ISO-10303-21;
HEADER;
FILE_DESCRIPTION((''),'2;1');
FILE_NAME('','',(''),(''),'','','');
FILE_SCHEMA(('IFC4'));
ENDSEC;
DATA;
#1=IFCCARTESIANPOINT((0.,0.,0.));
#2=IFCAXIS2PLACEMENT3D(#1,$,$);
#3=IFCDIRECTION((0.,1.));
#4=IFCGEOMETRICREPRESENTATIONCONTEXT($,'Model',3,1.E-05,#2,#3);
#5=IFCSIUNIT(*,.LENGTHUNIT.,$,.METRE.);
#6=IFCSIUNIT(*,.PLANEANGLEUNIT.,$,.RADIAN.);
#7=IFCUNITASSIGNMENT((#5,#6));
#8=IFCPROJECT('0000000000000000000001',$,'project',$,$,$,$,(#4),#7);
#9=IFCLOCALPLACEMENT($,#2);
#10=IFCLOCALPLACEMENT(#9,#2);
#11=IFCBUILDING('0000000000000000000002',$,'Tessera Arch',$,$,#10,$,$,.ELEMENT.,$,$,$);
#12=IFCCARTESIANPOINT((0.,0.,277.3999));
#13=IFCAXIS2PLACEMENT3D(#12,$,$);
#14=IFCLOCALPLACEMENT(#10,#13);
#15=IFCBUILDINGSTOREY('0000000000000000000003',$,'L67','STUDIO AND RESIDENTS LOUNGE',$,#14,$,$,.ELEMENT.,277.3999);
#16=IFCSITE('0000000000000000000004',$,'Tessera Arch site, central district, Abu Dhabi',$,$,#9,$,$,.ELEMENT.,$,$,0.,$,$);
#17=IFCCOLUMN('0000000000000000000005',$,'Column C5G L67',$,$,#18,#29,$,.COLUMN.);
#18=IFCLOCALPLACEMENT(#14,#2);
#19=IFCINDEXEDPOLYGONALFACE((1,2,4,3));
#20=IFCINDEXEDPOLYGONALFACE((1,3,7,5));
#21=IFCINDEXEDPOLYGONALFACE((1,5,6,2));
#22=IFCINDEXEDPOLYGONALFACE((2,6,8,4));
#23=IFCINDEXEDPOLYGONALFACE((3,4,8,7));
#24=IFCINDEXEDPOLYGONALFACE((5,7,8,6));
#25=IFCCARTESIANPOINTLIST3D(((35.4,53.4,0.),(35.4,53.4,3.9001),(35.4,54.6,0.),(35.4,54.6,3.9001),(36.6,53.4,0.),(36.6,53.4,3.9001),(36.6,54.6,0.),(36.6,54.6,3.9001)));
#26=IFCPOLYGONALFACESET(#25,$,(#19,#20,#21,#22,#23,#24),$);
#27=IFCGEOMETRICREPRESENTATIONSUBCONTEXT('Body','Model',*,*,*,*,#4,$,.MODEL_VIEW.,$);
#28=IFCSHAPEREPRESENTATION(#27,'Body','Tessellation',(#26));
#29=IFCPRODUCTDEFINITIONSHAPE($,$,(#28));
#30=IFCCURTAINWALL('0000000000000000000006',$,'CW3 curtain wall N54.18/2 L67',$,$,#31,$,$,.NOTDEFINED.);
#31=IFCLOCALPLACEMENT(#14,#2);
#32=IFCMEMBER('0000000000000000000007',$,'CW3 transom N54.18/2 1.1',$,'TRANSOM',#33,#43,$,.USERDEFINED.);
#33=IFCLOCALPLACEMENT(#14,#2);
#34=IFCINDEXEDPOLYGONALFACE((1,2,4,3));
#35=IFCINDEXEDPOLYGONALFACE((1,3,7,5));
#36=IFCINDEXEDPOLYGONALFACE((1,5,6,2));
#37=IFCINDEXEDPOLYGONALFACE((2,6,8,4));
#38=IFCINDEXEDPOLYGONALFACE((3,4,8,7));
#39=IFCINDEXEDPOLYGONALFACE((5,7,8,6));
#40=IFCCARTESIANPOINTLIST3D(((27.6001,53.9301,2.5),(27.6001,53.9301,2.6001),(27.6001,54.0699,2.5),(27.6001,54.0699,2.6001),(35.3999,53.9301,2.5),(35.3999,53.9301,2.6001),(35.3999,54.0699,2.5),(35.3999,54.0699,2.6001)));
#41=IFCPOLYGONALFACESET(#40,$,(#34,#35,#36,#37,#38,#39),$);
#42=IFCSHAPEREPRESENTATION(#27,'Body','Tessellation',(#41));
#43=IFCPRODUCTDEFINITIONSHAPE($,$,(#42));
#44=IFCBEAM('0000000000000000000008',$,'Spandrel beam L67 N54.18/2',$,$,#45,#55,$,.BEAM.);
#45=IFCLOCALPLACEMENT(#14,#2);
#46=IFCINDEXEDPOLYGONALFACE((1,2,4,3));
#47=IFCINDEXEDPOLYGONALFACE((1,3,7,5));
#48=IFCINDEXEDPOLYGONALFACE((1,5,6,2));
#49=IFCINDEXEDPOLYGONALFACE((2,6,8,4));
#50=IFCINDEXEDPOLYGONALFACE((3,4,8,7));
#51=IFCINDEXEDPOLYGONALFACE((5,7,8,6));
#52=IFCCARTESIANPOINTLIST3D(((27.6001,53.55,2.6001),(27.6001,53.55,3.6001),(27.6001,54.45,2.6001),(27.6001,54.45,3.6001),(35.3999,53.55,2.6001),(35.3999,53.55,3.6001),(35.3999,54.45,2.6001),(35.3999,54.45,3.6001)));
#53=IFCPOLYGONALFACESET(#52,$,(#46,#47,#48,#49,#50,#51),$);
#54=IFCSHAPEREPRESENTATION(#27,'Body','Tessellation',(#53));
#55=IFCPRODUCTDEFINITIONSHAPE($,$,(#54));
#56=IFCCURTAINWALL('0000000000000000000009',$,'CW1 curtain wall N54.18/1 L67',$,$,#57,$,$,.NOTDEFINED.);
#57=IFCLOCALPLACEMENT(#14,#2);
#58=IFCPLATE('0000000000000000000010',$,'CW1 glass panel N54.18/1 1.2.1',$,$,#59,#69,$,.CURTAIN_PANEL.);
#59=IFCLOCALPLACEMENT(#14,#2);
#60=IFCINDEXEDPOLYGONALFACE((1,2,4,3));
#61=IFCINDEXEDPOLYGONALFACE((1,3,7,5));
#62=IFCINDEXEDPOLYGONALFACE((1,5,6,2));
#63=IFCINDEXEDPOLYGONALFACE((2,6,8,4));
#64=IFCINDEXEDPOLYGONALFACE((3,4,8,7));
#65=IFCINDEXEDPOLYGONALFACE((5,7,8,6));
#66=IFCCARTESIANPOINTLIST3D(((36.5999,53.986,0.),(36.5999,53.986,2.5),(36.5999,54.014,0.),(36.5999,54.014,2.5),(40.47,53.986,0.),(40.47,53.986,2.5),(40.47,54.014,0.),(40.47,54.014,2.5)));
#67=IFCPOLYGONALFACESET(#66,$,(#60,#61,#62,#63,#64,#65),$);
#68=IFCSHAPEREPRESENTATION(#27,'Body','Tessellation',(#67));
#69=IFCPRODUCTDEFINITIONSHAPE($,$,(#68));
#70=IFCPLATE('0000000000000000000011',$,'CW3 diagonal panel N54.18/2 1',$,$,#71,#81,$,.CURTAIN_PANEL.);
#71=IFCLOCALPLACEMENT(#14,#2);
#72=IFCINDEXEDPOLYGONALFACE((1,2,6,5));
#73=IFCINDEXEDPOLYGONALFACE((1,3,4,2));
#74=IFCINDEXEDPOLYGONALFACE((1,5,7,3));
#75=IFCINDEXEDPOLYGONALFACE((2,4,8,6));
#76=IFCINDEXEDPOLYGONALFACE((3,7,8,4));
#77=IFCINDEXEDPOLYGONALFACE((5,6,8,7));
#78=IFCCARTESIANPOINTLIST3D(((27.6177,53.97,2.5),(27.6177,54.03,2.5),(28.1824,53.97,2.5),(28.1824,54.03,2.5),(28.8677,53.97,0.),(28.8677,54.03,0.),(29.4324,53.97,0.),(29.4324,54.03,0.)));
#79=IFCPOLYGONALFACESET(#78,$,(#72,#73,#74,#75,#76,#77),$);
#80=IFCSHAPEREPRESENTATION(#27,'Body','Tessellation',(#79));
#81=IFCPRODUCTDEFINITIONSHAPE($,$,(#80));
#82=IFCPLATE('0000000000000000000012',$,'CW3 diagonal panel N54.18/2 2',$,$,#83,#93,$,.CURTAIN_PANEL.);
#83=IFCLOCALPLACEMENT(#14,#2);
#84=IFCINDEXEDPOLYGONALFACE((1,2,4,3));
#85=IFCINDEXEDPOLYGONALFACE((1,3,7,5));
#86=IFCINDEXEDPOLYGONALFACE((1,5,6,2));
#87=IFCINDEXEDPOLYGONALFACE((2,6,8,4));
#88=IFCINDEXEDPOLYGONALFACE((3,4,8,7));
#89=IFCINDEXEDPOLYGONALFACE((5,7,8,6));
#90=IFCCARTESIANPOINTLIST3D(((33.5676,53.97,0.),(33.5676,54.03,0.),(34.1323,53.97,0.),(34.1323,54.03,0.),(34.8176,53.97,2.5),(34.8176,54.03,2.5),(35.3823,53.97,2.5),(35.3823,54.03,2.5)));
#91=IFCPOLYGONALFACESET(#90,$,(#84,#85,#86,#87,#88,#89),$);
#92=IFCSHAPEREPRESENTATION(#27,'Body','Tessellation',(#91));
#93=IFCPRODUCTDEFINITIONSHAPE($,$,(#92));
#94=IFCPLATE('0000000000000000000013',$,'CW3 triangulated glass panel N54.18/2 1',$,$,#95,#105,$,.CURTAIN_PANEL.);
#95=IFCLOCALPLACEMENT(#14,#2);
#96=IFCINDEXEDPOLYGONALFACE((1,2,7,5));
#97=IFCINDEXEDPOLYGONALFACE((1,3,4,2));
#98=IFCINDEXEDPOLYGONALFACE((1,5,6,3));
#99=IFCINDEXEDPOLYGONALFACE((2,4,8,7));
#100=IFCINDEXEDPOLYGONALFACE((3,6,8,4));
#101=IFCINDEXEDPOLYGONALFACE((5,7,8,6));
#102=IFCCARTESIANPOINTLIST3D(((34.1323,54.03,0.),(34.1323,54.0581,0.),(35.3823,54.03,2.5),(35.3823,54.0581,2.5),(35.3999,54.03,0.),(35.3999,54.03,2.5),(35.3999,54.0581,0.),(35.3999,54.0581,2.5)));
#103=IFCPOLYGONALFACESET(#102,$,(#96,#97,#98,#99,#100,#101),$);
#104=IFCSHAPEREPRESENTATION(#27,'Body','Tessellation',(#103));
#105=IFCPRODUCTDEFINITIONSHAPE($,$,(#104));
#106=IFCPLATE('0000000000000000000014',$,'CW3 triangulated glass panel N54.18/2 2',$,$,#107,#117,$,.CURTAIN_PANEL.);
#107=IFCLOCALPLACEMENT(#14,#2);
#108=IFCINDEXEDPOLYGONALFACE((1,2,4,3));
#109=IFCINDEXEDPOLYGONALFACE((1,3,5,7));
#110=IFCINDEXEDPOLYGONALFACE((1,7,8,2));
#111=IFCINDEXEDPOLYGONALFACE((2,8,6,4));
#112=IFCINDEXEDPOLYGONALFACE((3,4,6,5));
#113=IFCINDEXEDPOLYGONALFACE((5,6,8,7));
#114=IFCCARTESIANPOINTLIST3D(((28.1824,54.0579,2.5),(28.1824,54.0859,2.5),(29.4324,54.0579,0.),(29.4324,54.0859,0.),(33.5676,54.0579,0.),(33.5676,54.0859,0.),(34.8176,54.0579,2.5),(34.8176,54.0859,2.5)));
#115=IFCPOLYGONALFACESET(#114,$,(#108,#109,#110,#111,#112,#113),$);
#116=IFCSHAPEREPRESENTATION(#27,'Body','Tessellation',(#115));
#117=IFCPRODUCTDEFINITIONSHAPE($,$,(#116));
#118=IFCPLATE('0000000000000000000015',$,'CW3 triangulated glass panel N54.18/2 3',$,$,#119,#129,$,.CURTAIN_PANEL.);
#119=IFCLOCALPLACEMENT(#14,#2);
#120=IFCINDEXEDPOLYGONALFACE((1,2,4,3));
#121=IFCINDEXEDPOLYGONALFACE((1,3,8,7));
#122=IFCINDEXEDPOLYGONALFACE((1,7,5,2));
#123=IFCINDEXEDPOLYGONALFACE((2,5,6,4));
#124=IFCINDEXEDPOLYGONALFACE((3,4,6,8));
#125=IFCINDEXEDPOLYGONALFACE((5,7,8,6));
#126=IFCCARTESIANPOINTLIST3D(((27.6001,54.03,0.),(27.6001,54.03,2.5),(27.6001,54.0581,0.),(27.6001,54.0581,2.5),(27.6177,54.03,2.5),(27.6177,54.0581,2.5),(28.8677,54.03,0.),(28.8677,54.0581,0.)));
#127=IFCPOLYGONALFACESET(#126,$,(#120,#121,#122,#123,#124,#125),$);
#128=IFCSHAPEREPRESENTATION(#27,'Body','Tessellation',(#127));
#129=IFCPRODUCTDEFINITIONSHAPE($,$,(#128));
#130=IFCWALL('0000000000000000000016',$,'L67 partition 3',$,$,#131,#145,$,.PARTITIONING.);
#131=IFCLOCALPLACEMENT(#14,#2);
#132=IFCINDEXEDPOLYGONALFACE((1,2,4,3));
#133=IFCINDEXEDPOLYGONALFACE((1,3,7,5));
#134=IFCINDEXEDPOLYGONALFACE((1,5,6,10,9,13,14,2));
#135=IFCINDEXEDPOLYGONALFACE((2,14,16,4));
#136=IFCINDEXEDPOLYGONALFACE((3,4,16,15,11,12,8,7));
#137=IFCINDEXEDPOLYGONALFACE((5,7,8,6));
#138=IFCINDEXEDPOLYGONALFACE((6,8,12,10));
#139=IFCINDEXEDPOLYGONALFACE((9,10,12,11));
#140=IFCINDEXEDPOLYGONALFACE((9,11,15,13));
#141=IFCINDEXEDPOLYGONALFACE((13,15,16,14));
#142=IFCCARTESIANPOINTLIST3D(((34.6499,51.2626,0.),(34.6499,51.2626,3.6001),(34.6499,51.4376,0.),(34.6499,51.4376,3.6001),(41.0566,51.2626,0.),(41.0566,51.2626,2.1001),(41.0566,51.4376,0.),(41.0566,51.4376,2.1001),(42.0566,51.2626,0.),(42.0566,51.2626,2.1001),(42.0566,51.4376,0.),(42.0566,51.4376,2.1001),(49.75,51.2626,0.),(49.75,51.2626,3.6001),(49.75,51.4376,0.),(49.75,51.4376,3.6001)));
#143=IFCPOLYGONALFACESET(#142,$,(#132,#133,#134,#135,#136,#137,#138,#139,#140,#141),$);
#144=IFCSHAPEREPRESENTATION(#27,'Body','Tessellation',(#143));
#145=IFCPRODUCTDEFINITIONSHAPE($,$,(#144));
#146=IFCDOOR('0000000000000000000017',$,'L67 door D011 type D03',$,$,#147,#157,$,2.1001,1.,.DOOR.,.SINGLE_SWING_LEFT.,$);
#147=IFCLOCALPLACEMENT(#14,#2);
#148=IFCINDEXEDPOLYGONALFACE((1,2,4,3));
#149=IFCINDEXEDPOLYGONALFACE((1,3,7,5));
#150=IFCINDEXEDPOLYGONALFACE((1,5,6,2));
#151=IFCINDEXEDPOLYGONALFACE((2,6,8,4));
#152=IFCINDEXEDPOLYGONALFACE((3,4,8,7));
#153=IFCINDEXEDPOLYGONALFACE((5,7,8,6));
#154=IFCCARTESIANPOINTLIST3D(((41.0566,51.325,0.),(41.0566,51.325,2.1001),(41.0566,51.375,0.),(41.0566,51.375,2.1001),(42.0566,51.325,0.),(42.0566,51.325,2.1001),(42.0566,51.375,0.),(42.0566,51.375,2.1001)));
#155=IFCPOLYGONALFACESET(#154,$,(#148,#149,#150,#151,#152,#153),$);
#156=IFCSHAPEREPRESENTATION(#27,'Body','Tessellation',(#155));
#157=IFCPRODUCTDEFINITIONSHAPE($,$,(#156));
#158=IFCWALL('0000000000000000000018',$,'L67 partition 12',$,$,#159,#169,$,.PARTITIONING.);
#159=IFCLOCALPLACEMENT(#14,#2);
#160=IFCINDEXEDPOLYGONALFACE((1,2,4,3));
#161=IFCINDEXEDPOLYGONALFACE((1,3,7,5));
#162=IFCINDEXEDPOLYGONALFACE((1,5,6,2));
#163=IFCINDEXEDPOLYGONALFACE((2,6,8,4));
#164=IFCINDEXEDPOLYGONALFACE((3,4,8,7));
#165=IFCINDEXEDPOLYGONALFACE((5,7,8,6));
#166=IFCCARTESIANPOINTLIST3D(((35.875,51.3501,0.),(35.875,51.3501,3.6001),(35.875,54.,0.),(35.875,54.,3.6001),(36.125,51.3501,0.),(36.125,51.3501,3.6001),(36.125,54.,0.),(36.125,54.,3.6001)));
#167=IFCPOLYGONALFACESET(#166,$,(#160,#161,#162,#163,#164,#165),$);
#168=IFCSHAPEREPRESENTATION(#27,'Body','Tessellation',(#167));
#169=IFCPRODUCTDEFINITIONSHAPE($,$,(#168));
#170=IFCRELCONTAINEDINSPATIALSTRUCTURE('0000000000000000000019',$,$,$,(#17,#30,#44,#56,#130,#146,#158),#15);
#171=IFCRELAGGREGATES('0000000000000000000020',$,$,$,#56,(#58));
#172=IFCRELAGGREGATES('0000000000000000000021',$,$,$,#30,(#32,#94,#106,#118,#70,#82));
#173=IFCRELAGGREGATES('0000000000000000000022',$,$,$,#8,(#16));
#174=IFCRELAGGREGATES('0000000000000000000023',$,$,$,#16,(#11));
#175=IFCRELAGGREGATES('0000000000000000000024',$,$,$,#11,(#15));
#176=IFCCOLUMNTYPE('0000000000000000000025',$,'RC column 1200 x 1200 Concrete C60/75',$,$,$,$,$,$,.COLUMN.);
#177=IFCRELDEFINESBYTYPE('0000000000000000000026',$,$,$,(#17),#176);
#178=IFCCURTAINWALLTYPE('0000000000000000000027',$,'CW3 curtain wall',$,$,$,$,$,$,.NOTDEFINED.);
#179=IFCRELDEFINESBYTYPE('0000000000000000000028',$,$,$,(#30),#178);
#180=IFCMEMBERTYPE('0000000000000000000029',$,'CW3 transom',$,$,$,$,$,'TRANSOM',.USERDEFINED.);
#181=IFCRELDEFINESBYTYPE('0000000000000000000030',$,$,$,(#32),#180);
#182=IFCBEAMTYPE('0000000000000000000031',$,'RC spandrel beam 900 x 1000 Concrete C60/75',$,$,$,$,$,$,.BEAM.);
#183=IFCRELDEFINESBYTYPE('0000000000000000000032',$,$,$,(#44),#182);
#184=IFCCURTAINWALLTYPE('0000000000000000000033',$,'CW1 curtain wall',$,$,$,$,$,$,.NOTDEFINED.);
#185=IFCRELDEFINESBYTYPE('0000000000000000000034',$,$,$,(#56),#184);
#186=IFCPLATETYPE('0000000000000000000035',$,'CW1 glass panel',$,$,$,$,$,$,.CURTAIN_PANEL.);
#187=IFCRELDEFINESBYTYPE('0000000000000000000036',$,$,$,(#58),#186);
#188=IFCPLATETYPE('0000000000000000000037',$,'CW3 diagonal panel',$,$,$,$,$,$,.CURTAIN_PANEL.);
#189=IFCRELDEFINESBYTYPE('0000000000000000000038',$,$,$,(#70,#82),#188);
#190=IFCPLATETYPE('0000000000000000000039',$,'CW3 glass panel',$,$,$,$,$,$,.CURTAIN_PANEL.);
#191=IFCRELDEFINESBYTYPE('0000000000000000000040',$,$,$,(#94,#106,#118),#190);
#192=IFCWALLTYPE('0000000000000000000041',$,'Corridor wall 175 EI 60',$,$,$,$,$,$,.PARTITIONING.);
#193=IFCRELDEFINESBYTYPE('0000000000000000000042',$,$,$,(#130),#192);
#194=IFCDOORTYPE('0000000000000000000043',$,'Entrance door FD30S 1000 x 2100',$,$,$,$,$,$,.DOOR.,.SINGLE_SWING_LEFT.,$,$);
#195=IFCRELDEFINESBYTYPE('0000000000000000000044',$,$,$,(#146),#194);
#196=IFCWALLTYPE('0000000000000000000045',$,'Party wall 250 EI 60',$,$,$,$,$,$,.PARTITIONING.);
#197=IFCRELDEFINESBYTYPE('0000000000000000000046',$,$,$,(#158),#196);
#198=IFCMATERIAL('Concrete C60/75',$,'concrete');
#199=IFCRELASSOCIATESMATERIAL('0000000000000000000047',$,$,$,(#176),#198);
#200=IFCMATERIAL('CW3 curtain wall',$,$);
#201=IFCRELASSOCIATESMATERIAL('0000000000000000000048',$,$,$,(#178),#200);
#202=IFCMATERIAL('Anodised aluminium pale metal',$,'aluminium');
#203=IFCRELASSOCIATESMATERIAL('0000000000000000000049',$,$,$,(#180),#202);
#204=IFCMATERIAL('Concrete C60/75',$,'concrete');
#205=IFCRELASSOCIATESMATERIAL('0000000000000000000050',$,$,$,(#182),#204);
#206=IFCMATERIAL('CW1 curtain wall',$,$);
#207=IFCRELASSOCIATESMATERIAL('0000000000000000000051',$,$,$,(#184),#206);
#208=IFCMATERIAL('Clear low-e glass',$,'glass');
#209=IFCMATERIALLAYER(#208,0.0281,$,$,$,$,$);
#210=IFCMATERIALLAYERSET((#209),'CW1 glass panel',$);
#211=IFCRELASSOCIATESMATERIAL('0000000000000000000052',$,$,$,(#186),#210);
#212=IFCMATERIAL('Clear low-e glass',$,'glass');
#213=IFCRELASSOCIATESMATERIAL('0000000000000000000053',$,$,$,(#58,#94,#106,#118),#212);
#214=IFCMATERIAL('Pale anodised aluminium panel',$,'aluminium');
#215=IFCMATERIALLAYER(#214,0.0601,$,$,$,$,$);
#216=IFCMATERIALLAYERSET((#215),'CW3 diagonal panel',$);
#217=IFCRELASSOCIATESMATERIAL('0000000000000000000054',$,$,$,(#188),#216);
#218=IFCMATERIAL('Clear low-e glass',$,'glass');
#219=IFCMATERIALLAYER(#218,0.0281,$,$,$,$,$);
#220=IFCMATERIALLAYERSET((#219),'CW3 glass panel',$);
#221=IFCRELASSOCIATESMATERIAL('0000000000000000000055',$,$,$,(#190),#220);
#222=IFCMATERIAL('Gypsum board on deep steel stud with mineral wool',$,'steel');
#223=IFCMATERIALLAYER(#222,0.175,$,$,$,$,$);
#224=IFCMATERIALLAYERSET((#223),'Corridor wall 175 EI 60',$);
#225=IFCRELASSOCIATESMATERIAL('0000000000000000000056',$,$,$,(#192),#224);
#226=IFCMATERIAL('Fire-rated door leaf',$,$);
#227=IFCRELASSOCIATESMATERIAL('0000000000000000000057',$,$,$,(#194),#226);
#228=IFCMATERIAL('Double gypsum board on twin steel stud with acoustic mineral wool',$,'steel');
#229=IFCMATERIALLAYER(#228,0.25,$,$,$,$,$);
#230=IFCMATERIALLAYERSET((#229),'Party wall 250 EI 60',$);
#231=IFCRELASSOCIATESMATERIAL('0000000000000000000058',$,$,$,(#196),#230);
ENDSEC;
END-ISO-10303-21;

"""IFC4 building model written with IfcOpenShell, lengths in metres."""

from ifc_helpers import new_model, si_unit, direction, frame, frame_2d, origin, origin_2d, place, context, subcontext, project, spatial, polyline, rectangle, outline, extrude, material, layer, layer_set, material_profile, profile_set, type_object, element, fill, aggregate, save


model = new_model("IFC4")

# Units and contexts
model_context = context("Model", 3, precision=1e-05, world=origin(), true_north=direction((0.0, 1.0)))
body_context = subcontext(model_context, "Body", "Model", "MODEL_VIEW")
ifc_project = project(units=[si_unit("LENGTHUNIT", "METRE"), si_unit("PLANEANGLEUNIT", "RADIAN")], contexts=[model_context])

# Site, building, storey
site_placement = place(None, origin())
site = spatial("IfcSite", under=ifc_project, at=site_placement, Name="Tessera Arch site, central district, Abu Dhabi", CompositionType="ELEMENT", RefElevation=0.0)
building_placement = place(site_placement, origin())
building = spatial("IfcBuilding", under=site, at=building_placement, Name="Tessera Arch", CompositionType="ELEMENT")
storey_placement = place(building_placement, frame((0.0, 0.0, 277.3999)))
storey = spatial("IfcBuildingStorey", under=building, at=storey_placement, Name="L67", Description="STUDIO AND RESIDENTS LOUNGE", CompositionType="ELEMENT", Elevation=277.3999)

# Column
ifc_material_1 = material(Name="Concrete C60/75", Category="concrete")
ifc_material_profile_1 = material_profile(ifc_material_1, rectangle(XDim=1.2, YDim=1.2, at=origin_2d()), Name="RC column 1200 x 1200 Concrete C60/75")
ifc_profile_set_1 = profile_set([ifc_material_profile_1], Name="Concrete C60/75")
column_type = type_object("IfcColumnType", Name="RC column 1200 x 1200 Concrete C60/75", PredefinedType="COLUMN", material=ifc_profile_set_1)
column_placement = place(storey_placement, frame((36.0, 54.0, 0.0), z_axis=(0.0, 0.0, 1.0), x_axis=(1.0, 0.0, 0.0)))
element("IfcColumn", 1, at=column_placement, inside=storey, type_object=column_type, Name="Column C5G L67", PredefinedType="COLUMN", context=body_context, shape_type="SweptSolid", body=[
    extrude(rectangle(XDim=1.2, YDim=1.2, at=origin_2d()), origin(), (0.0, 0.0, 1.0), 3.9001),
])

# Curtain wall, member
ifc_material_2 = material(Name="CW3 curtain wall")
curtain_wall_type_1 = type_object("IfcCurtainWallType", Name="CW3 curtain wall", PredefinedType="NOTDEFINED", material=ifc_material_2)
curtain_wall_1_placement = place(storey_placement, origin())
curtain_wall_1 = element("IfcCurtainWall", 2, at=curtain_wall_1_placement, inside=storey, type_object=curtain_wall_type_1, Name="CW3 curtain wall N54.18/2 L67", PredefinedType="NOTDEFINED")
ifc_material_3 = material(Name="Anodised aluminium pale metal", Category="aluminium")
ifc_material_profile_2 = material_profile(ifc_material_3, rectangle(XDim=0.1399, YDim=0.1001, at=origin_2d()), Name="AL 140x100")
ifc_profile_set_2 = profile_set([ifc_material_profile_2], Name="Anodised aluminium pale metal")
member_type = type_object("IfcMemberType", Name="CW3 transom", ElementType="TRANSOM", PredefinedType="USERDEFINED", material=ifc_profile_set_2)
member_placement = place(storey_placement, frame((35.3999, 54.0, 2.55), z_axis=(-1.0, 0.0, 0.0), x_axis=(0.0, -1.0, 0.0)))
member = element("IfcMember", 3, at=member_placement, type_object=member_type, Name="CW3 transom N54.18/2 1.1", ObjectType="TRANSOM", PredefinedType="USERDEFINED", context=body_context, shape_type="SweptSolid", body=[
    extrude(rectangle(XDim=0.1399, YDim=0.1001, at=origin_2d()), origin(), (0.0, 0.0, 1.0), 7.7998),
])

# Beam
ifc_material_4 = material(Name="Concrete C60/75", Category="concrete")
ifc_material_profile_3 = material_profile(ifc_material_4, rectangle(XDim=0.8999, YDim=1.0, at=origin_2d()), Name="RC spandrel beam 900 x 1000 Concrete C60/75")
ifc_profile_set_3 = profile_set([ifc_material_profile_3], Name="Concrete C60/75")
beam_type = type_object("IfcBeamType", Name="RC spandrel beam 900 x 1000 Concrete C60/75", PredefinedType="BEAM", material=ifc_profile_set_3)
beam_placement = place(storey_placement, frame((35.3999, 54.0, 3.1001), z_axis=(-1.0, 0.0, 0.0), x_axis=(0.0, -1.0, 0.0)))
element("IfcBeam", 4, at=beam_placement, inside=storey, type_object=beam_type, Name="Spandrel beam L67 N54.18/2", PredefinedType="BEAM", context=body_context, shape_type="SweptSolid", body=[
    extrude(rectangle(XDim=0.8999, YDim=1.0, at=origin_2d()), origin(), (0.0, 0.0, 1.0), 7.7998),
])

# Curtain wall, plate
ifc_material_5 = material(Name="CW1 curtain wall")
curtain_wall_type_2 = type_object("IfcCurtainWallType", Name="CW1 curtain wall", PredefinedType="NOTDEFINED", material=ifc_material_5)
curtain_wall_2_placement = place(storey_placement, origin())
curtain_wall_2 = element("IfcCurtainWall", 5, at=curtain_wall_2_placement, inside=storey, type_object=curtain_wall_type_2, Name="CW1 curtain wall N54.18/1 L67", PredefinedType="NOTDEFINED")
ifc_material_6 = material(Name="Clear low-e glass", Category="glass")
ifc_material_7 = material(Name="Clear low-e glass", Category="glass")
ifc_layer_1 = layer(ifc_material_7, 0.0281)
ifc_layer_set_1 = layer_set([ifc_layer_1], Name="CW1 glass panel")
plate_type_1 = type_object("IfcPlateType", Name="CW1 glass panel", PredefinedType="CURTAIN_PANEL", material=ifc_layer_set_1)
plate_1_placement = place(storey_placement, frame((38.5349, 54.0, 0.0), z_axis=(0.0, 0.0, 1.0), x_axis=(-1.0, 0.0, 0.0)))
plate_1 = element("IfcPlate", 6, at=plate_1_placement, type_object=plate_type_1, material=ifc_material_6, Name="CW1 glass panel N54.18/1 1.2.1", PredefinedType="CURTAIN_PANEL", context=body_context, shape_type="SweptSolid", body=[
    extrude(rectangle(XDim=3.8701, YDim=0.0281, at=origin_2d()), origin(), (0.0, 0.0, 1.0), 2.5),
])
aggregate(curtain_wall_2, [plate_1])

# Plates
ifc_material_8 = material(Name="Pale anodised aluminium panel", Category="aluminium")
ifc_layer_2 = layer(ifc_material_8, 0.0601)
ifc_layer_set_2 = layer_set([ifc_layer_2], Name="CW3 diagonal panel")
plate_type_2 = type_object("IfcPlateType", Name="CW3 diagonal panel", PredefinedType="CURTAIN_PANEL", material=ifc_layer_set_2)
plate_2_placement = place(storey_placement, frame((27.6177, 54.03, 2.5), z_axis=(0.0, 1.0, 0.0), x_axis=(1.0, 0.0, 0.0)))
plate_2 = element("IfcPlate", 7, at=plate_2_placement, type_object=plate_type_2, Name="CW3 diagonal panel N54.18/2 1", PredefinedType="CURTAIN_PANEL", context=body_context, shape_type="SweptSolid", body=[
    extrude(outline(polyline([(0.0, 0.0), (0.5647, 0.0), (1.8147, 2.5), (1.25, 2.5), (0.0, 0.0)])), origin(), (0.0, 0.0, -1.0), 0.0601),
])
plate_3_placement = place(storey_placement, frame((34.8176, 54.03, 2.5), z_axis=(0.0, 1.0, 0.0), x_axis=(1.0, 0.0, 0.0)))
plate_3 = element("IfcPlate", 8, at=plate_3_placement, type_object=plate_type_2, Name="CW3 diagonal panel N54.18/2 2", PredefinedType="CURTAIN_PANEL", context=body_context, shape_type="SweptSolid", body=[
    extrude(outline(polyline([(0.0, 0.0), (0.5647, 0.0), (-0.6853, 2.5), (-1.25, 2.5), (0.0, 0.0)])), origin(), (0.0, 0.0, -1.0), 0.0601),
])
ifc_material_9 = material(Name="Clear low-e glass", Category="glass")
ifc_layer_3 = layer(ifc_material_9, 0.0281)
ifc_layer_set_3 = layer_set([ifc_layer_3], Name="CW3 glass panel")
plate_type_3 = type_object("IfcPlateType", Name="CW3 glass panel", PredefinedType="CURTAIN_PANEL", material=ifc_layer_set_3)
plate_4_placement = place(storey_placement, frame((35.3999, 54.0581, 0.0), z_axis=(0.0, 1.0, 0.0), x_axis=(-1.0, 0.0, 0.0)))
plate_4 = element("IfcPlate", 9, at=plate_4_placement, type_object=plate_type_3, material=ifc_material_6, Name="CW3 triangulated glass panel N54.18/2 1", PredefinedType="CURTAIN_PANEL", context=body_context, shape_type="SweptSolid", body=[
    extrude(outline(polyline([(0.0, 0.0), (1.2676, 0.0), (0.0176, 2.5), (0.0, 2.5), (0.0, 0.0)])), origin(), (0.0, 0.0, -1.0), 0.0281),
])
plate_5_placement = place(storey_placement, frame((28.1824, 54.0859, 2.5), z_axis=(0.0, 1.0, 0.0), x_axis=(1.0, 0.0, 0.0)))
plate_5 = element("IfcPlate", 10, at=plate_5_placement, type_object=plate_type_3, material=ifc_material_6, Name="CW3 triangulated glass panel N54.18/2 2", PredefinedType="CURTAIN_PANEL", context=body_context, shape_type="SweptSolid", body=[
    extrude(outline(polyline([(0.0, 0.0), (6.6353, 0.0), (5.3853, 2.5), (1.25, 2.5), (0.0, 0.0)])), origin(), (0.0, 0.0, -1.0), 0.0281),
])
plate_6_placement = place(storey_placement, frame((27.6001, 54.0581, 2.5), z_axis=(0.0, 1.0, 0.0), x_axis=(1.0, 0.0, 0.0)))
plate_6 = element("IfcPlate", 11, at=plate_6_placement, type_object=plate_type_3, material=ifc_material_6, Name="CW3 triangulated glass panel N54.18/2 3", PredefinedType="CURTAIN_PANEL", context=body_context, shape_type="SweptSolid", body=[
    extrude(outline(polyline([(0.0, 0.0), (0.0176, 0.0), (1.2676, 2.5), (0.0, 2.5), (0.0, 0.0)])), origin(), (0.0, 0.0, -1.0), 0.0281),
])
aggregate(curtain_wall_1, [member, plate_4, plate_5, plate_6, plate_2, plate_3])

# Wall, opening, door
ifc_material_10 = material(Name="Gypsum board on deep steel stud with mineral wool", Category="steel")
ifc_layer_4 = layer(ifc_material_10, 0.175)
ifc_layer_set_4 = layer_set([ifc_layer_4], Name="Corridor wall 175 EI 60")
wall_type_1 = type_object("IfcWallType", Name="Corridor wall 175 EI 60", PredefinedType="PARTITIONING", material=ifc_layer_set_4)
wall_1_placement = place(storey_placement, frame((34.6499, 51.3501, 0.0), z_axis=(0.0, 0.0, 1.0), x_axis=(1.0, 0.0, 0.0)))
wall_1 = element("IfcWall", 12, at=wall_1_placement, inside=storey, type_object=wall_type_1, Name="L67 partition 3", PredefinedType="PARTITIONING", context=body_context, shape_type="SweptSolid", body=[
    extrude(rectangle(XDim=15.1001, YDim=0.175, at=frame_2d((7.55, 0.0))), origin(), (0.0, 0.0, 1.0), 3.6001),
])
opening_placement = place(wall_1_placement, frame((6.4067, 0.0, 0.0)))
opening = element("IfcOpeningElement", 13, at=opening_placement, cuts=wall_1, PredefinedType="OPENING", context=body_context, shape_type="SweptSolid", body=[
    extrude(rectangle(XDim=1.0, YDim=2.1001, at=frame_2d((0.5, 1.05))), frame((0.0, 0.0974, 0.0), z_axis=(0.0, -1.0, 0.0), x_axis=(1.0, 0.0, 0.0)), (0.0, 0.0, 1.0), 0.1951),
])
ifc_material_11 = material(Name="Fire-rated door leaf")
door_type = type_object("IfcDoorType", Name="Entrance door FD30S 1000 x 2100", OperationType="SINGLE_SWING_LEFT", PredefinedType="DOOR", material=ifc_material_11)
door_placement = place(opening_placement, origin())
door = element("IfcDoor", 14, at=door_placement, inside=storey, type_object=door_type, Name="L67 door D011 type D03", OperationType="SINGLE_SWING_LEFT", OverallHeight=2.1001, OverallWidth=1.0, PredefinedType="DOOR", context=body_context, shape_type="SweptSolid", body=[
    extrude(rectangle(XDim=1.0, YDim=2.1001, at=frame_2d((0.5, 1.05))), frame((0.0, 0.0249, 0.0), z_axis=(0.0, -1.0, 0.0), x_axis=(1.0, 0.0, 0.0)), (0.0, 0.0, 1.0), 0.05),
])
fill(opening, door)

# Wall
ifc_material_12 = material(Name="Double gypsum board on twin steel stud with acoustic mineral wool", Category="steel")
ifc_layer_5 = layer(ifc_material_12, 0.25)
ifc_layer_set_5 = layer_set([ifc_layer_5], Name="Party wall 250 EI 60")
wall_type_2 = type_object("IfcWallType", Name="Party wall 250 EI 60", PredefinedType="PARTITIONING", material=ifc_layer_set_5)
wall_2_placement = place(storey_placement, frame((36.0, 51.3501, 0.0), z_axis=(0.0, 0.0, 1.0), x_axis=(0.0, 1.0, 0.0)))
element("IfcWall", 15, at=wall_2_placement, inside=storey, type_object=wall_type_2, Name="L67 partition 12", PredefinedType="PARTITIONING", context=body_context, shape_type="SweptSolid", body=[
    extrude(rectangle(XDim=2.6499, YDim=0.25, at=frame_2d((1.325, 0.0))), origin(), (0.0, 0.0, 1.0), 3.6001),
])

save(model, "model.ifc")
